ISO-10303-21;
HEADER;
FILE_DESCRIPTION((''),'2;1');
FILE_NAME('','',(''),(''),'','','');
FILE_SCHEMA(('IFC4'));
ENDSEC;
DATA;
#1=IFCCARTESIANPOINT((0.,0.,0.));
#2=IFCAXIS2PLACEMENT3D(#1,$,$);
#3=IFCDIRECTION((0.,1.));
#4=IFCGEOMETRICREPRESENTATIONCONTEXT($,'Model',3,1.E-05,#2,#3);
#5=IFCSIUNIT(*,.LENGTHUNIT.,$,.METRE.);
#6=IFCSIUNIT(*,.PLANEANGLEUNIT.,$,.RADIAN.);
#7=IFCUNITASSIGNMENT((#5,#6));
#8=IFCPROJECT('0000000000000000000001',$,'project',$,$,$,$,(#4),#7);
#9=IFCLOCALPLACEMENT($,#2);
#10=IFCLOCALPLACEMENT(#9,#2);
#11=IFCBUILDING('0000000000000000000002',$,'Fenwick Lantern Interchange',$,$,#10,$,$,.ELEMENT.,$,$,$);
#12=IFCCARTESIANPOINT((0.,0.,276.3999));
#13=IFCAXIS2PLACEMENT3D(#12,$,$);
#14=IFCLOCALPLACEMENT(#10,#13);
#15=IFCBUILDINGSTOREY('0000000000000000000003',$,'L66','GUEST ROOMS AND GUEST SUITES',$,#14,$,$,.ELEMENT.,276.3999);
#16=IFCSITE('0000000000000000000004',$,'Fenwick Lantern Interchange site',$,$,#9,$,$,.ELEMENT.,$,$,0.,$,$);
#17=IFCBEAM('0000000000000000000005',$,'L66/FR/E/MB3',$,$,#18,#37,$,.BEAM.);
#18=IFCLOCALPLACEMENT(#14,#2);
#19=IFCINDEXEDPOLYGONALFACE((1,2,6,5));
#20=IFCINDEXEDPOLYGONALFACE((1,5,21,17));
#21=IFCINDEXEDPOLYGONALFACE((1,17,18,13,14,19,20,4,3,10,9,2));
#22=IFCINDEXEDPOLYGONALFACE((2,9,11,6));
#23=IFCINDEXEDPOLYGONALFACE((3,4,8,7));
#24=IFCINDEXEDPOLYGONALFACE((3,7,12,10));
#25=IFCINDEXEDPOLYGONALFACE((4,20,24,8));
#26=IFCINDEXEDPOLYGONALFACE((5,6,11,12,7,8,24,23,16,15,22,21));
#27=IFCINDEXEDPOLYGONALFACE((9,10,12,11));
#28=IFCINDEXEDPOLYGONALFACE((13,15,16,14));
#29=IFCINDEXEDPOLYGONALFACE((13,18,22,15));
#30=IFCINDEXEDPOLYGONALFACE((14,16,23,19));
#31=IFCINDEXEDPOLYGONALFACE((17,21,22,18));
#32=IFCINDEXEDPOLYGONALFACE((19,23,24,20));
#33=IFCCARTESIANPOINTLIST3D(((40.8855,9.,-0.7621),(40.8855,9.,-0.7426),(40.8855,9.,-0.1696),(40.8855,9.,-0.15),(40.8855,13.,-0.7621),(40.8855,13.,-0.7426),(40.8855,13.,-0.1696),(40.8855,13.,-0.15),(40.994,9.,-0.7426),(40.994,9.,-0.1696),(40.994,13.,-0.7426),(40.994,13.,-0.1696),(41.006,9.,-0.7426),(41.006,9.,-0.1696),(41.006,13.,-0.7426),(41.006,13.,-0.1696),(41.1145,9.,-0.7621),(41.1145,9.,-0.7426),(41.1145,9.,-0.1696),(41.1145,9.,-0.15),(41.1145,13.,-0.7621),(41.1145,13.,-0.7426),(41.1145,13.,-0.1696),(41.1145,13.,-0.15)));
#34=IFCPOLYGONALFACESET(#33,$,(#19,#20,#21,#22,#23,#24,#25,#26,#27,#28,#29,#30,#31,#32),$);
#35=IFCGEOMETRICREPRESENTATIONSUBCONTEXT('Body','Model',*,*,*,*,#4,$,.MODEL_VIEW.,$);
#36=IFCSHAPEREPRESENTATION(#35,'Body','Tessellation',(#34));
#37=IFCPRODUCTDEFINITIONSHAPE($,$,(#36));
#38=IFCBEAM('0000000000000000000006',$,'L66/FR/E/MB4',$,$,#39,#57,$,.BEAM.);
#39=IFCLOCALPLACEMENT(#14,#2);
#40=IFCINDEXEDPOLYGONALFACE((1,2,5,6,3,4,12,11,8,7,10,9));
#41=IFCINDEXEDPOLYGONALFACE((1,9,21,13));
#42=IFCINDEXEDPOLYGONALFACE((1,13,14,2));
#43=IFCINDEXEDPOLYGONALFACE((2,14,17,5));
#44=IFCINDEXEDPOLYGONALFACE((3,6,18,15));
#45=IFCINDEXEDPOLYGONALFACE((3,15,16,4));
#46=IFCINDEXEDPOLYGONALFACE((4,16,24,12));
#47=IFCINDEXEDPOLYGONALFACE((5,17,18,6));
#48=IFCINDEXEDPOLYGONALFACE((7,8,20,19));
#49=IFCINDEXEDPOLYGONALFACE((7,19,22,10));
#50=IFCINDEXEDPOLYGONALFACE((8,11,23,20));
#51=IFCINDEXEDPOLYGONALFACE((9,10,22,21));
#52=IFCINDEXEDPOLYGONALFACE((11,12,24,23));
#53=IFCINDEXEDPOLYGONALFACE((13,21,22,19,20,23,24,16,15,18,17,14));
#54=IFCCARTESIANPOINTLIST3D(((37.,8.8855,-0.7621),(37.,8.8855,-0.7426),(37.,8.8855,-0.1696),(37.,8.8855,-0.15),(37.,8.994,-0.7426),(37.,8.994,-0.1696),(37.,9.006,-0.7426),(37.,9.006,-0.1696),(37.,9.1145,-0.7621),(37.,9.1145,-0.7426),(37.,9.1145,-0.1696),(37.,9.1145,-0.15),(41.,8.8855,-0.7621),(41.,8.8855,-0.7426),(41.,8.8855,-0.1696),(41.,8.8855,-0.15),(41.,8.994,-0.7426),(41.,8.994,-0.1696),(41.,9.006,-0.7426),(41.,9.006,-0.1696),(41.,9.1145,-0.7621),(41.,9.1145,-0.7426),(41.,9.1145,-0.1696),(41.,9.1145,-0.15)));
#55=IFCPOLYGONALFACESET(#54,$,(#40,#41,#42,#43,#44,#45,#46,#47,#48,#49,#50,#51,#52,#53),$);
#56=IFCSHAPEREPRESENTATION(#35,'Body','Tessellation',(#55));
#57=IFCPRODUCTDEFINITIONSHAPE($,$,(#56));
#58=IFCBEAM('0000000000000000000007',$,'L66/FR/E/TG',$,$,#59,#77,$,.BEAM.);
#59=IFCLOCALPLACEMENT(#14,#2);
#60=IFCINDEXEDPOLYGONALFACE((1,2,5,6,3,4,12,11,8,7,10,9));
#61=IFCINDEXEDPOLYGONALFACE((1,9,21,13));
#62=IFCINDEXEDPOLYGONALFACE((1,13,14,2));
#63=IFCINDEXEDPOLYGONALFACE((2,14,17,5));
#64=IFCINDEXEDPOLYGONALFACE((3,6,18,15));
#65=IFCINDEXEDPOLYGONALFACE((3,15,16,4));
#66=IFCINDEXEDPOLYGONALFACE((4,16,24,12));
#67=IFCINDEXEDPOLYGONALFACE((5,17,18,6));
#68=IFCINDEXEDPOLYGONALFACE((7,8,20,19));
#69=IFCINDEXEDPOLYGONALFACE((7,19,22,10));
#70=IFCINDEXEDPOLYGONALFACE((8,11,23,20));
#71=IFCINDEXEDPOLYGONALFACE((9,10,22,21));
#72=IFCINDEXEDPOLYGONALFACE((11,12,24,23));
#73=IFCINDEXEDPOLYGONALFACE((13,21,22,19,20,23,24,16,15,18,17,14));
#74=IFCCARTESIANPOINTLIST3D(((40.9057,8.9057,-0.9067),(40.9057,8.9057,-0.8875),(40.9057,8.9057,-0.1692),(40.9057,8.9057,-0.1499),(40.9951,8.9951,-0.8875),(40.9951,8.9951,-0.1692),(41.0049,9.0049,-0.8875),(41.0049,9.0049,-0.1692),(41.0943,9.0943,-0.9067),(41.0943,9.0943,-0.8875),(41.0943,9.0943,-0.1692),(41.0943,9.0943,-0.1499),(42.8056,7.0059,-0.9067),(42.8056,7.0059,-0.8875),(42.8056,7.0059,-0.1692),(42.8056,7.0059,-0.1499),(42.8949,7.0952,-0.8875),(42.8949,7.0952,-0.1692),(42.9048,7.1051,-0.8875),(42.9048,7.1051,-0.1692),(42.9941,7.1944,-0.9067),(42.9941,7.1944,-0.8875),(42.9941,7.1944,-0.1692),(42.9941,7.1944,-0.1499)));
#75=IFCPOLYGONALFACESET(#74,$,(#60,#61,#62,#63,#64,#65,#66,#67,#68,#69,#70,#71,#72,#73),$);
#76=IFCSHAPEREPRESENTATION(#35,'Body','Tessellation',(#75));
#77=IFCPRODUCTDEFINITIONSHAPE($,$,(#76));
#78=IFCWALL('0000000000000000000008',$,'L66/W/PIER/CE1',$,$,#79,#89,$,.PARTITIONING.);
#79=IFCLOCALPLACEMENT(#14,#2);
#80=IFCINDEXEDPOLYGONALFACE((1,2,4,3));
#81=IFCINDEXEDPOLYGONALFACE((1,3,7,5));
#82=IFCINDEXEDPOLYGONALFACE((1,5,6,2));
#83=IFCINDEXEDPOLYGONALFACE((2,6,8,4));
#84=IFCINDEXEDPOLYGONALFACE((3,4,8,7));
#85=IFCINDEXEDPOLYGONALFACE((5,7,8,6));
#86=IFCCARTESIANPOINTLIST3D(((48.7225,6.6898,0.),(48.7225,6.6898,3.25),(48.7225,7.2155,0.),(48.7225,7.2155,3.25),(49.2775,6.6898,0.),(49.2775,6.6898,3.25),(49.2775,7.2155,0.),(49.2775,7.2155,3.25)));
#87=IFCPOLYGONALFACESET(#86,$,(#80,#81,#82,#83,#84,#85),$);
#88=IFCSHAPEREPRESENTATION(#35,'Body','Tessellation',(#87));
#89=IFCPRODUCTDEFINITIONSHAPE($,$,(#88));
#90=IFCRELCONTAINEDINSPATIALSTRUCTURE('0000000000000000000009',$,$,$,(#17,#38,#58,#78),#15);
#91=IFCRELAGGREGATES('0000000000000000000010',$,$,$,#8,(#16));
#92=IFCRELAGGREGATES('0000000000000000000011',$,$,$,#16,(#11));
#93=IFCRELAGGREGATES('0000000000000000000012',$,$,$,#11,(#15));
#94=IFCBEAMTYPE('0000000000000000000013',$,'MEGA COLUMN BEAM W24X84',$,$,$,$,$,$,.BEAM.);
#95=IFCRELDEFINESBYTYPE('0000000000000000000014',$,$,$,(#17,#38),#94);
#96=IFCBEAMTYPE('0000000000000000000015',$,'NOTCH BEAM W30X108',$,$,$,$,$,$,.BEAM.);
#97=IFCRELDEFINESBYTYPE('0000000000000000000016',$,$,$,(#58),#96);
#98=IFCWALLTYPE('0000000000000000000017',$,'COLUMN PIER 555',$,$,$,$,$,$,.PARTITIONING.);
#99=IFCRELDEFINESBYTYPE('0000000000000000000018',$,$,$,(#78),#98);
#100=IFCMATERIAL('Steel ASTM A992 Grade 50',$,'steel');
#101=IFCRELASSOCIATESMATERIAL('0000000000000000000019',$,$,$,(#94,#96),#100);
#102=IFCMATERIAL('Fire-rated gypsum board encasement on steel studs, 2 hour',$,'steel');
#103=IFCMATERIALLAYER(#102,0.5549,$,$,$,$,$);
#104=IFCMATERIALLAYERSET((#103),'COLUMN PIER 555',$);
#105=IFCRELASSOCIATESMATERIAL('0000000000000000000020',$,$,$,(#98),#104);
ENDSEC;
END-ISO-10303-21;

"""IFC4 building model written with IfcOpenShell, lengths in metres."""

from ifc_helpers import new_model, si_unit, direction, frame, frame_2d, origin, origin_2d, place, context, subcontext, project, spatial, rectangle, i_section, extrude, material, layer, layer_set, material_profile, profile_set, type_object, element, save


model = new_model("IFC4")

# Units and contexts
model_context = context("Model", 3, precision=1e-05, world=origin(), true_north=direction((0.0, 1.0)))
body_context = subcontext(model_context, "Body", "Model", "MODEL_VIEW")
ifc_project = project(units=[si_unit("LENGTHUNIT", "METRE"), si_unit("PLANEANGLEUNIT", "RADIAN")], contexts=[model_context])

# Site, building, storey
site_placement = place(None, origin())
site = spatial("IfcSite", under=ifc_project, at=site_placement, Name="Fenwick Lantern Interchange site", CompositionType="ELEMENT", RefElevation=0.0)
building_placement = place(site_placement, origin())
building = spatial("IfcBuilding", under=site, at=building_placement, Name="Fenwick Lantern Interchange", CompositionType="ELEMENT")
storey_placement = place(building_placement, frame((0.0, 0.0, 276.3999)))
storey = spatial("IfcBuildingStorey", under=building, at=storey_placement, Name="L66", Description="GUEST ROOMS AND GUEST SUITES", CompositionType="ELEMENT", Elevation=276.3999)

# Shared definitions
ifc_material_1 = material(Name="Steel ASTM A992 Grade 50", Category="steel")

# Beams
ifc_material_profile_1 = material_profile(ifc_material_1, i_section(OverallWidth=0.229, OverallDepth=0.6121, WebThickness=0.012, FlangeThickness=0.0195, at=origin_2d()), Name="W24X84")
ifc_profile_set_1 = profile_set([ifc_material_profile_1], Name="Steel ASTM A992 Grade 50")
beam_type_1 = type_object("IfcBeamType", Name="MEGA COLUMN BEAM W24X84", PredefinedType="BEAM", material=ifc_profile_set_1)
for number, where, z_axis, x_axis, name in (
    (1, (41.0, 9.0, -0.4561), (0.0, 1.0, 0.0), (-1.0, 0.0, 0.0), "L66/FR/E/MB3"),
    (2, (41.0, 9.0, -0.4561), (-1.0, 0.0, 0.0), (0.0, -1.0, 0.0), "L66/FR/E/MB4"),
):
    element("IfcBeam", number, at=place(storey_placement, frame(where, z_axis=z_axis, x_axis=x_axis)), inside=storey, type_object=beam_type_1, Name=name, PredefinedType="BEAM", context=body_context, shape_type="SweptSolid", body=[
        extrude(i_section(OverallWidth=0.229, OverallDepth=0.6121, WebThickness=0.012, FlangeThickness=0.0195, at=origin_2d()), origin(), (0.0, 0.0, 1.0), 4.0),
    ])
ifc_material_profile_2 = material_profile(ifc_material_1, i_section(OverallWidth=0.2666, OverallDepth=0.7568, WebThickness=0.0139, FlangeThickness=0.0193, at=origin_2d()), Name="W30X108")
ifc_profile_set_2 = profile_set([ifc_material_profile_2], Name="Steel ASTM A992 Grade 50")
beam_type_2 = type_object("IfcBeamType", Name="NOTCH BEAM W30X108", PredefinedType="BEAM", material=ifc_profile_set_2)
beam_1_placement = place(storey_placement, frame((41.0, 9.0, -0.5283), z_axis=(0.707107, -0.707107, 0.0), x_axis=(0.707107, 0.707107, 0.0)))
element("IfcBeam", 3, at=beam_1_placement, inside=storey, type_object=beam_type_2, Name="L66/FR/E/TG", PredefinedType="BEAM", context=body_context, shape_type="SweptSolid", body=[
    extrude(i_section(OverallWidth=0.2666, OverallDepth=0.7568, WebThickness=0.0139, FlangeThickness=0.0193, at=origin_2d()), origin(), (0.0, 0.0, 1.0), 2.6868),
])

# Wall
ifc_material_2 = material(Name="Fire-rated gypsum board encasement on steel studs, 2 hour", Category="steel")
ifc_layer_1 = layer(ifc_material_2, 0.5549)
ifc_layer_set_1 = layer_set([ifc_layer_1], Name="COLUMN PIER 555")
wall_type = type_object("IfcWallType", Name="COLUMN PIER 555", PredefinedType="PARTITIONING", material=ifc_layer_set_1)
wall_placement = place(storey_placement, frame((49.0, 6.6899, 0.0), z_axis=(0.0, 0.0, 1.0), x_axis=(0.0, 1.0, 0.0)))
element("IfcWall", 4, at=wall_placement, inside=storey, type_object=wall_type, Name="L66/W/PIER/CE1", PredefinedType="PARTITIONING", context=body_context, shape_type="SweptSolid", body=[
    extrude(rectangle(XDim=0.5256, YDim=0.5549, at=frame_2d((0.2627, 0.0))), origin(), (0.0, 0.0, 1.0), 3.25),
])

save(model, "model.ifc")
